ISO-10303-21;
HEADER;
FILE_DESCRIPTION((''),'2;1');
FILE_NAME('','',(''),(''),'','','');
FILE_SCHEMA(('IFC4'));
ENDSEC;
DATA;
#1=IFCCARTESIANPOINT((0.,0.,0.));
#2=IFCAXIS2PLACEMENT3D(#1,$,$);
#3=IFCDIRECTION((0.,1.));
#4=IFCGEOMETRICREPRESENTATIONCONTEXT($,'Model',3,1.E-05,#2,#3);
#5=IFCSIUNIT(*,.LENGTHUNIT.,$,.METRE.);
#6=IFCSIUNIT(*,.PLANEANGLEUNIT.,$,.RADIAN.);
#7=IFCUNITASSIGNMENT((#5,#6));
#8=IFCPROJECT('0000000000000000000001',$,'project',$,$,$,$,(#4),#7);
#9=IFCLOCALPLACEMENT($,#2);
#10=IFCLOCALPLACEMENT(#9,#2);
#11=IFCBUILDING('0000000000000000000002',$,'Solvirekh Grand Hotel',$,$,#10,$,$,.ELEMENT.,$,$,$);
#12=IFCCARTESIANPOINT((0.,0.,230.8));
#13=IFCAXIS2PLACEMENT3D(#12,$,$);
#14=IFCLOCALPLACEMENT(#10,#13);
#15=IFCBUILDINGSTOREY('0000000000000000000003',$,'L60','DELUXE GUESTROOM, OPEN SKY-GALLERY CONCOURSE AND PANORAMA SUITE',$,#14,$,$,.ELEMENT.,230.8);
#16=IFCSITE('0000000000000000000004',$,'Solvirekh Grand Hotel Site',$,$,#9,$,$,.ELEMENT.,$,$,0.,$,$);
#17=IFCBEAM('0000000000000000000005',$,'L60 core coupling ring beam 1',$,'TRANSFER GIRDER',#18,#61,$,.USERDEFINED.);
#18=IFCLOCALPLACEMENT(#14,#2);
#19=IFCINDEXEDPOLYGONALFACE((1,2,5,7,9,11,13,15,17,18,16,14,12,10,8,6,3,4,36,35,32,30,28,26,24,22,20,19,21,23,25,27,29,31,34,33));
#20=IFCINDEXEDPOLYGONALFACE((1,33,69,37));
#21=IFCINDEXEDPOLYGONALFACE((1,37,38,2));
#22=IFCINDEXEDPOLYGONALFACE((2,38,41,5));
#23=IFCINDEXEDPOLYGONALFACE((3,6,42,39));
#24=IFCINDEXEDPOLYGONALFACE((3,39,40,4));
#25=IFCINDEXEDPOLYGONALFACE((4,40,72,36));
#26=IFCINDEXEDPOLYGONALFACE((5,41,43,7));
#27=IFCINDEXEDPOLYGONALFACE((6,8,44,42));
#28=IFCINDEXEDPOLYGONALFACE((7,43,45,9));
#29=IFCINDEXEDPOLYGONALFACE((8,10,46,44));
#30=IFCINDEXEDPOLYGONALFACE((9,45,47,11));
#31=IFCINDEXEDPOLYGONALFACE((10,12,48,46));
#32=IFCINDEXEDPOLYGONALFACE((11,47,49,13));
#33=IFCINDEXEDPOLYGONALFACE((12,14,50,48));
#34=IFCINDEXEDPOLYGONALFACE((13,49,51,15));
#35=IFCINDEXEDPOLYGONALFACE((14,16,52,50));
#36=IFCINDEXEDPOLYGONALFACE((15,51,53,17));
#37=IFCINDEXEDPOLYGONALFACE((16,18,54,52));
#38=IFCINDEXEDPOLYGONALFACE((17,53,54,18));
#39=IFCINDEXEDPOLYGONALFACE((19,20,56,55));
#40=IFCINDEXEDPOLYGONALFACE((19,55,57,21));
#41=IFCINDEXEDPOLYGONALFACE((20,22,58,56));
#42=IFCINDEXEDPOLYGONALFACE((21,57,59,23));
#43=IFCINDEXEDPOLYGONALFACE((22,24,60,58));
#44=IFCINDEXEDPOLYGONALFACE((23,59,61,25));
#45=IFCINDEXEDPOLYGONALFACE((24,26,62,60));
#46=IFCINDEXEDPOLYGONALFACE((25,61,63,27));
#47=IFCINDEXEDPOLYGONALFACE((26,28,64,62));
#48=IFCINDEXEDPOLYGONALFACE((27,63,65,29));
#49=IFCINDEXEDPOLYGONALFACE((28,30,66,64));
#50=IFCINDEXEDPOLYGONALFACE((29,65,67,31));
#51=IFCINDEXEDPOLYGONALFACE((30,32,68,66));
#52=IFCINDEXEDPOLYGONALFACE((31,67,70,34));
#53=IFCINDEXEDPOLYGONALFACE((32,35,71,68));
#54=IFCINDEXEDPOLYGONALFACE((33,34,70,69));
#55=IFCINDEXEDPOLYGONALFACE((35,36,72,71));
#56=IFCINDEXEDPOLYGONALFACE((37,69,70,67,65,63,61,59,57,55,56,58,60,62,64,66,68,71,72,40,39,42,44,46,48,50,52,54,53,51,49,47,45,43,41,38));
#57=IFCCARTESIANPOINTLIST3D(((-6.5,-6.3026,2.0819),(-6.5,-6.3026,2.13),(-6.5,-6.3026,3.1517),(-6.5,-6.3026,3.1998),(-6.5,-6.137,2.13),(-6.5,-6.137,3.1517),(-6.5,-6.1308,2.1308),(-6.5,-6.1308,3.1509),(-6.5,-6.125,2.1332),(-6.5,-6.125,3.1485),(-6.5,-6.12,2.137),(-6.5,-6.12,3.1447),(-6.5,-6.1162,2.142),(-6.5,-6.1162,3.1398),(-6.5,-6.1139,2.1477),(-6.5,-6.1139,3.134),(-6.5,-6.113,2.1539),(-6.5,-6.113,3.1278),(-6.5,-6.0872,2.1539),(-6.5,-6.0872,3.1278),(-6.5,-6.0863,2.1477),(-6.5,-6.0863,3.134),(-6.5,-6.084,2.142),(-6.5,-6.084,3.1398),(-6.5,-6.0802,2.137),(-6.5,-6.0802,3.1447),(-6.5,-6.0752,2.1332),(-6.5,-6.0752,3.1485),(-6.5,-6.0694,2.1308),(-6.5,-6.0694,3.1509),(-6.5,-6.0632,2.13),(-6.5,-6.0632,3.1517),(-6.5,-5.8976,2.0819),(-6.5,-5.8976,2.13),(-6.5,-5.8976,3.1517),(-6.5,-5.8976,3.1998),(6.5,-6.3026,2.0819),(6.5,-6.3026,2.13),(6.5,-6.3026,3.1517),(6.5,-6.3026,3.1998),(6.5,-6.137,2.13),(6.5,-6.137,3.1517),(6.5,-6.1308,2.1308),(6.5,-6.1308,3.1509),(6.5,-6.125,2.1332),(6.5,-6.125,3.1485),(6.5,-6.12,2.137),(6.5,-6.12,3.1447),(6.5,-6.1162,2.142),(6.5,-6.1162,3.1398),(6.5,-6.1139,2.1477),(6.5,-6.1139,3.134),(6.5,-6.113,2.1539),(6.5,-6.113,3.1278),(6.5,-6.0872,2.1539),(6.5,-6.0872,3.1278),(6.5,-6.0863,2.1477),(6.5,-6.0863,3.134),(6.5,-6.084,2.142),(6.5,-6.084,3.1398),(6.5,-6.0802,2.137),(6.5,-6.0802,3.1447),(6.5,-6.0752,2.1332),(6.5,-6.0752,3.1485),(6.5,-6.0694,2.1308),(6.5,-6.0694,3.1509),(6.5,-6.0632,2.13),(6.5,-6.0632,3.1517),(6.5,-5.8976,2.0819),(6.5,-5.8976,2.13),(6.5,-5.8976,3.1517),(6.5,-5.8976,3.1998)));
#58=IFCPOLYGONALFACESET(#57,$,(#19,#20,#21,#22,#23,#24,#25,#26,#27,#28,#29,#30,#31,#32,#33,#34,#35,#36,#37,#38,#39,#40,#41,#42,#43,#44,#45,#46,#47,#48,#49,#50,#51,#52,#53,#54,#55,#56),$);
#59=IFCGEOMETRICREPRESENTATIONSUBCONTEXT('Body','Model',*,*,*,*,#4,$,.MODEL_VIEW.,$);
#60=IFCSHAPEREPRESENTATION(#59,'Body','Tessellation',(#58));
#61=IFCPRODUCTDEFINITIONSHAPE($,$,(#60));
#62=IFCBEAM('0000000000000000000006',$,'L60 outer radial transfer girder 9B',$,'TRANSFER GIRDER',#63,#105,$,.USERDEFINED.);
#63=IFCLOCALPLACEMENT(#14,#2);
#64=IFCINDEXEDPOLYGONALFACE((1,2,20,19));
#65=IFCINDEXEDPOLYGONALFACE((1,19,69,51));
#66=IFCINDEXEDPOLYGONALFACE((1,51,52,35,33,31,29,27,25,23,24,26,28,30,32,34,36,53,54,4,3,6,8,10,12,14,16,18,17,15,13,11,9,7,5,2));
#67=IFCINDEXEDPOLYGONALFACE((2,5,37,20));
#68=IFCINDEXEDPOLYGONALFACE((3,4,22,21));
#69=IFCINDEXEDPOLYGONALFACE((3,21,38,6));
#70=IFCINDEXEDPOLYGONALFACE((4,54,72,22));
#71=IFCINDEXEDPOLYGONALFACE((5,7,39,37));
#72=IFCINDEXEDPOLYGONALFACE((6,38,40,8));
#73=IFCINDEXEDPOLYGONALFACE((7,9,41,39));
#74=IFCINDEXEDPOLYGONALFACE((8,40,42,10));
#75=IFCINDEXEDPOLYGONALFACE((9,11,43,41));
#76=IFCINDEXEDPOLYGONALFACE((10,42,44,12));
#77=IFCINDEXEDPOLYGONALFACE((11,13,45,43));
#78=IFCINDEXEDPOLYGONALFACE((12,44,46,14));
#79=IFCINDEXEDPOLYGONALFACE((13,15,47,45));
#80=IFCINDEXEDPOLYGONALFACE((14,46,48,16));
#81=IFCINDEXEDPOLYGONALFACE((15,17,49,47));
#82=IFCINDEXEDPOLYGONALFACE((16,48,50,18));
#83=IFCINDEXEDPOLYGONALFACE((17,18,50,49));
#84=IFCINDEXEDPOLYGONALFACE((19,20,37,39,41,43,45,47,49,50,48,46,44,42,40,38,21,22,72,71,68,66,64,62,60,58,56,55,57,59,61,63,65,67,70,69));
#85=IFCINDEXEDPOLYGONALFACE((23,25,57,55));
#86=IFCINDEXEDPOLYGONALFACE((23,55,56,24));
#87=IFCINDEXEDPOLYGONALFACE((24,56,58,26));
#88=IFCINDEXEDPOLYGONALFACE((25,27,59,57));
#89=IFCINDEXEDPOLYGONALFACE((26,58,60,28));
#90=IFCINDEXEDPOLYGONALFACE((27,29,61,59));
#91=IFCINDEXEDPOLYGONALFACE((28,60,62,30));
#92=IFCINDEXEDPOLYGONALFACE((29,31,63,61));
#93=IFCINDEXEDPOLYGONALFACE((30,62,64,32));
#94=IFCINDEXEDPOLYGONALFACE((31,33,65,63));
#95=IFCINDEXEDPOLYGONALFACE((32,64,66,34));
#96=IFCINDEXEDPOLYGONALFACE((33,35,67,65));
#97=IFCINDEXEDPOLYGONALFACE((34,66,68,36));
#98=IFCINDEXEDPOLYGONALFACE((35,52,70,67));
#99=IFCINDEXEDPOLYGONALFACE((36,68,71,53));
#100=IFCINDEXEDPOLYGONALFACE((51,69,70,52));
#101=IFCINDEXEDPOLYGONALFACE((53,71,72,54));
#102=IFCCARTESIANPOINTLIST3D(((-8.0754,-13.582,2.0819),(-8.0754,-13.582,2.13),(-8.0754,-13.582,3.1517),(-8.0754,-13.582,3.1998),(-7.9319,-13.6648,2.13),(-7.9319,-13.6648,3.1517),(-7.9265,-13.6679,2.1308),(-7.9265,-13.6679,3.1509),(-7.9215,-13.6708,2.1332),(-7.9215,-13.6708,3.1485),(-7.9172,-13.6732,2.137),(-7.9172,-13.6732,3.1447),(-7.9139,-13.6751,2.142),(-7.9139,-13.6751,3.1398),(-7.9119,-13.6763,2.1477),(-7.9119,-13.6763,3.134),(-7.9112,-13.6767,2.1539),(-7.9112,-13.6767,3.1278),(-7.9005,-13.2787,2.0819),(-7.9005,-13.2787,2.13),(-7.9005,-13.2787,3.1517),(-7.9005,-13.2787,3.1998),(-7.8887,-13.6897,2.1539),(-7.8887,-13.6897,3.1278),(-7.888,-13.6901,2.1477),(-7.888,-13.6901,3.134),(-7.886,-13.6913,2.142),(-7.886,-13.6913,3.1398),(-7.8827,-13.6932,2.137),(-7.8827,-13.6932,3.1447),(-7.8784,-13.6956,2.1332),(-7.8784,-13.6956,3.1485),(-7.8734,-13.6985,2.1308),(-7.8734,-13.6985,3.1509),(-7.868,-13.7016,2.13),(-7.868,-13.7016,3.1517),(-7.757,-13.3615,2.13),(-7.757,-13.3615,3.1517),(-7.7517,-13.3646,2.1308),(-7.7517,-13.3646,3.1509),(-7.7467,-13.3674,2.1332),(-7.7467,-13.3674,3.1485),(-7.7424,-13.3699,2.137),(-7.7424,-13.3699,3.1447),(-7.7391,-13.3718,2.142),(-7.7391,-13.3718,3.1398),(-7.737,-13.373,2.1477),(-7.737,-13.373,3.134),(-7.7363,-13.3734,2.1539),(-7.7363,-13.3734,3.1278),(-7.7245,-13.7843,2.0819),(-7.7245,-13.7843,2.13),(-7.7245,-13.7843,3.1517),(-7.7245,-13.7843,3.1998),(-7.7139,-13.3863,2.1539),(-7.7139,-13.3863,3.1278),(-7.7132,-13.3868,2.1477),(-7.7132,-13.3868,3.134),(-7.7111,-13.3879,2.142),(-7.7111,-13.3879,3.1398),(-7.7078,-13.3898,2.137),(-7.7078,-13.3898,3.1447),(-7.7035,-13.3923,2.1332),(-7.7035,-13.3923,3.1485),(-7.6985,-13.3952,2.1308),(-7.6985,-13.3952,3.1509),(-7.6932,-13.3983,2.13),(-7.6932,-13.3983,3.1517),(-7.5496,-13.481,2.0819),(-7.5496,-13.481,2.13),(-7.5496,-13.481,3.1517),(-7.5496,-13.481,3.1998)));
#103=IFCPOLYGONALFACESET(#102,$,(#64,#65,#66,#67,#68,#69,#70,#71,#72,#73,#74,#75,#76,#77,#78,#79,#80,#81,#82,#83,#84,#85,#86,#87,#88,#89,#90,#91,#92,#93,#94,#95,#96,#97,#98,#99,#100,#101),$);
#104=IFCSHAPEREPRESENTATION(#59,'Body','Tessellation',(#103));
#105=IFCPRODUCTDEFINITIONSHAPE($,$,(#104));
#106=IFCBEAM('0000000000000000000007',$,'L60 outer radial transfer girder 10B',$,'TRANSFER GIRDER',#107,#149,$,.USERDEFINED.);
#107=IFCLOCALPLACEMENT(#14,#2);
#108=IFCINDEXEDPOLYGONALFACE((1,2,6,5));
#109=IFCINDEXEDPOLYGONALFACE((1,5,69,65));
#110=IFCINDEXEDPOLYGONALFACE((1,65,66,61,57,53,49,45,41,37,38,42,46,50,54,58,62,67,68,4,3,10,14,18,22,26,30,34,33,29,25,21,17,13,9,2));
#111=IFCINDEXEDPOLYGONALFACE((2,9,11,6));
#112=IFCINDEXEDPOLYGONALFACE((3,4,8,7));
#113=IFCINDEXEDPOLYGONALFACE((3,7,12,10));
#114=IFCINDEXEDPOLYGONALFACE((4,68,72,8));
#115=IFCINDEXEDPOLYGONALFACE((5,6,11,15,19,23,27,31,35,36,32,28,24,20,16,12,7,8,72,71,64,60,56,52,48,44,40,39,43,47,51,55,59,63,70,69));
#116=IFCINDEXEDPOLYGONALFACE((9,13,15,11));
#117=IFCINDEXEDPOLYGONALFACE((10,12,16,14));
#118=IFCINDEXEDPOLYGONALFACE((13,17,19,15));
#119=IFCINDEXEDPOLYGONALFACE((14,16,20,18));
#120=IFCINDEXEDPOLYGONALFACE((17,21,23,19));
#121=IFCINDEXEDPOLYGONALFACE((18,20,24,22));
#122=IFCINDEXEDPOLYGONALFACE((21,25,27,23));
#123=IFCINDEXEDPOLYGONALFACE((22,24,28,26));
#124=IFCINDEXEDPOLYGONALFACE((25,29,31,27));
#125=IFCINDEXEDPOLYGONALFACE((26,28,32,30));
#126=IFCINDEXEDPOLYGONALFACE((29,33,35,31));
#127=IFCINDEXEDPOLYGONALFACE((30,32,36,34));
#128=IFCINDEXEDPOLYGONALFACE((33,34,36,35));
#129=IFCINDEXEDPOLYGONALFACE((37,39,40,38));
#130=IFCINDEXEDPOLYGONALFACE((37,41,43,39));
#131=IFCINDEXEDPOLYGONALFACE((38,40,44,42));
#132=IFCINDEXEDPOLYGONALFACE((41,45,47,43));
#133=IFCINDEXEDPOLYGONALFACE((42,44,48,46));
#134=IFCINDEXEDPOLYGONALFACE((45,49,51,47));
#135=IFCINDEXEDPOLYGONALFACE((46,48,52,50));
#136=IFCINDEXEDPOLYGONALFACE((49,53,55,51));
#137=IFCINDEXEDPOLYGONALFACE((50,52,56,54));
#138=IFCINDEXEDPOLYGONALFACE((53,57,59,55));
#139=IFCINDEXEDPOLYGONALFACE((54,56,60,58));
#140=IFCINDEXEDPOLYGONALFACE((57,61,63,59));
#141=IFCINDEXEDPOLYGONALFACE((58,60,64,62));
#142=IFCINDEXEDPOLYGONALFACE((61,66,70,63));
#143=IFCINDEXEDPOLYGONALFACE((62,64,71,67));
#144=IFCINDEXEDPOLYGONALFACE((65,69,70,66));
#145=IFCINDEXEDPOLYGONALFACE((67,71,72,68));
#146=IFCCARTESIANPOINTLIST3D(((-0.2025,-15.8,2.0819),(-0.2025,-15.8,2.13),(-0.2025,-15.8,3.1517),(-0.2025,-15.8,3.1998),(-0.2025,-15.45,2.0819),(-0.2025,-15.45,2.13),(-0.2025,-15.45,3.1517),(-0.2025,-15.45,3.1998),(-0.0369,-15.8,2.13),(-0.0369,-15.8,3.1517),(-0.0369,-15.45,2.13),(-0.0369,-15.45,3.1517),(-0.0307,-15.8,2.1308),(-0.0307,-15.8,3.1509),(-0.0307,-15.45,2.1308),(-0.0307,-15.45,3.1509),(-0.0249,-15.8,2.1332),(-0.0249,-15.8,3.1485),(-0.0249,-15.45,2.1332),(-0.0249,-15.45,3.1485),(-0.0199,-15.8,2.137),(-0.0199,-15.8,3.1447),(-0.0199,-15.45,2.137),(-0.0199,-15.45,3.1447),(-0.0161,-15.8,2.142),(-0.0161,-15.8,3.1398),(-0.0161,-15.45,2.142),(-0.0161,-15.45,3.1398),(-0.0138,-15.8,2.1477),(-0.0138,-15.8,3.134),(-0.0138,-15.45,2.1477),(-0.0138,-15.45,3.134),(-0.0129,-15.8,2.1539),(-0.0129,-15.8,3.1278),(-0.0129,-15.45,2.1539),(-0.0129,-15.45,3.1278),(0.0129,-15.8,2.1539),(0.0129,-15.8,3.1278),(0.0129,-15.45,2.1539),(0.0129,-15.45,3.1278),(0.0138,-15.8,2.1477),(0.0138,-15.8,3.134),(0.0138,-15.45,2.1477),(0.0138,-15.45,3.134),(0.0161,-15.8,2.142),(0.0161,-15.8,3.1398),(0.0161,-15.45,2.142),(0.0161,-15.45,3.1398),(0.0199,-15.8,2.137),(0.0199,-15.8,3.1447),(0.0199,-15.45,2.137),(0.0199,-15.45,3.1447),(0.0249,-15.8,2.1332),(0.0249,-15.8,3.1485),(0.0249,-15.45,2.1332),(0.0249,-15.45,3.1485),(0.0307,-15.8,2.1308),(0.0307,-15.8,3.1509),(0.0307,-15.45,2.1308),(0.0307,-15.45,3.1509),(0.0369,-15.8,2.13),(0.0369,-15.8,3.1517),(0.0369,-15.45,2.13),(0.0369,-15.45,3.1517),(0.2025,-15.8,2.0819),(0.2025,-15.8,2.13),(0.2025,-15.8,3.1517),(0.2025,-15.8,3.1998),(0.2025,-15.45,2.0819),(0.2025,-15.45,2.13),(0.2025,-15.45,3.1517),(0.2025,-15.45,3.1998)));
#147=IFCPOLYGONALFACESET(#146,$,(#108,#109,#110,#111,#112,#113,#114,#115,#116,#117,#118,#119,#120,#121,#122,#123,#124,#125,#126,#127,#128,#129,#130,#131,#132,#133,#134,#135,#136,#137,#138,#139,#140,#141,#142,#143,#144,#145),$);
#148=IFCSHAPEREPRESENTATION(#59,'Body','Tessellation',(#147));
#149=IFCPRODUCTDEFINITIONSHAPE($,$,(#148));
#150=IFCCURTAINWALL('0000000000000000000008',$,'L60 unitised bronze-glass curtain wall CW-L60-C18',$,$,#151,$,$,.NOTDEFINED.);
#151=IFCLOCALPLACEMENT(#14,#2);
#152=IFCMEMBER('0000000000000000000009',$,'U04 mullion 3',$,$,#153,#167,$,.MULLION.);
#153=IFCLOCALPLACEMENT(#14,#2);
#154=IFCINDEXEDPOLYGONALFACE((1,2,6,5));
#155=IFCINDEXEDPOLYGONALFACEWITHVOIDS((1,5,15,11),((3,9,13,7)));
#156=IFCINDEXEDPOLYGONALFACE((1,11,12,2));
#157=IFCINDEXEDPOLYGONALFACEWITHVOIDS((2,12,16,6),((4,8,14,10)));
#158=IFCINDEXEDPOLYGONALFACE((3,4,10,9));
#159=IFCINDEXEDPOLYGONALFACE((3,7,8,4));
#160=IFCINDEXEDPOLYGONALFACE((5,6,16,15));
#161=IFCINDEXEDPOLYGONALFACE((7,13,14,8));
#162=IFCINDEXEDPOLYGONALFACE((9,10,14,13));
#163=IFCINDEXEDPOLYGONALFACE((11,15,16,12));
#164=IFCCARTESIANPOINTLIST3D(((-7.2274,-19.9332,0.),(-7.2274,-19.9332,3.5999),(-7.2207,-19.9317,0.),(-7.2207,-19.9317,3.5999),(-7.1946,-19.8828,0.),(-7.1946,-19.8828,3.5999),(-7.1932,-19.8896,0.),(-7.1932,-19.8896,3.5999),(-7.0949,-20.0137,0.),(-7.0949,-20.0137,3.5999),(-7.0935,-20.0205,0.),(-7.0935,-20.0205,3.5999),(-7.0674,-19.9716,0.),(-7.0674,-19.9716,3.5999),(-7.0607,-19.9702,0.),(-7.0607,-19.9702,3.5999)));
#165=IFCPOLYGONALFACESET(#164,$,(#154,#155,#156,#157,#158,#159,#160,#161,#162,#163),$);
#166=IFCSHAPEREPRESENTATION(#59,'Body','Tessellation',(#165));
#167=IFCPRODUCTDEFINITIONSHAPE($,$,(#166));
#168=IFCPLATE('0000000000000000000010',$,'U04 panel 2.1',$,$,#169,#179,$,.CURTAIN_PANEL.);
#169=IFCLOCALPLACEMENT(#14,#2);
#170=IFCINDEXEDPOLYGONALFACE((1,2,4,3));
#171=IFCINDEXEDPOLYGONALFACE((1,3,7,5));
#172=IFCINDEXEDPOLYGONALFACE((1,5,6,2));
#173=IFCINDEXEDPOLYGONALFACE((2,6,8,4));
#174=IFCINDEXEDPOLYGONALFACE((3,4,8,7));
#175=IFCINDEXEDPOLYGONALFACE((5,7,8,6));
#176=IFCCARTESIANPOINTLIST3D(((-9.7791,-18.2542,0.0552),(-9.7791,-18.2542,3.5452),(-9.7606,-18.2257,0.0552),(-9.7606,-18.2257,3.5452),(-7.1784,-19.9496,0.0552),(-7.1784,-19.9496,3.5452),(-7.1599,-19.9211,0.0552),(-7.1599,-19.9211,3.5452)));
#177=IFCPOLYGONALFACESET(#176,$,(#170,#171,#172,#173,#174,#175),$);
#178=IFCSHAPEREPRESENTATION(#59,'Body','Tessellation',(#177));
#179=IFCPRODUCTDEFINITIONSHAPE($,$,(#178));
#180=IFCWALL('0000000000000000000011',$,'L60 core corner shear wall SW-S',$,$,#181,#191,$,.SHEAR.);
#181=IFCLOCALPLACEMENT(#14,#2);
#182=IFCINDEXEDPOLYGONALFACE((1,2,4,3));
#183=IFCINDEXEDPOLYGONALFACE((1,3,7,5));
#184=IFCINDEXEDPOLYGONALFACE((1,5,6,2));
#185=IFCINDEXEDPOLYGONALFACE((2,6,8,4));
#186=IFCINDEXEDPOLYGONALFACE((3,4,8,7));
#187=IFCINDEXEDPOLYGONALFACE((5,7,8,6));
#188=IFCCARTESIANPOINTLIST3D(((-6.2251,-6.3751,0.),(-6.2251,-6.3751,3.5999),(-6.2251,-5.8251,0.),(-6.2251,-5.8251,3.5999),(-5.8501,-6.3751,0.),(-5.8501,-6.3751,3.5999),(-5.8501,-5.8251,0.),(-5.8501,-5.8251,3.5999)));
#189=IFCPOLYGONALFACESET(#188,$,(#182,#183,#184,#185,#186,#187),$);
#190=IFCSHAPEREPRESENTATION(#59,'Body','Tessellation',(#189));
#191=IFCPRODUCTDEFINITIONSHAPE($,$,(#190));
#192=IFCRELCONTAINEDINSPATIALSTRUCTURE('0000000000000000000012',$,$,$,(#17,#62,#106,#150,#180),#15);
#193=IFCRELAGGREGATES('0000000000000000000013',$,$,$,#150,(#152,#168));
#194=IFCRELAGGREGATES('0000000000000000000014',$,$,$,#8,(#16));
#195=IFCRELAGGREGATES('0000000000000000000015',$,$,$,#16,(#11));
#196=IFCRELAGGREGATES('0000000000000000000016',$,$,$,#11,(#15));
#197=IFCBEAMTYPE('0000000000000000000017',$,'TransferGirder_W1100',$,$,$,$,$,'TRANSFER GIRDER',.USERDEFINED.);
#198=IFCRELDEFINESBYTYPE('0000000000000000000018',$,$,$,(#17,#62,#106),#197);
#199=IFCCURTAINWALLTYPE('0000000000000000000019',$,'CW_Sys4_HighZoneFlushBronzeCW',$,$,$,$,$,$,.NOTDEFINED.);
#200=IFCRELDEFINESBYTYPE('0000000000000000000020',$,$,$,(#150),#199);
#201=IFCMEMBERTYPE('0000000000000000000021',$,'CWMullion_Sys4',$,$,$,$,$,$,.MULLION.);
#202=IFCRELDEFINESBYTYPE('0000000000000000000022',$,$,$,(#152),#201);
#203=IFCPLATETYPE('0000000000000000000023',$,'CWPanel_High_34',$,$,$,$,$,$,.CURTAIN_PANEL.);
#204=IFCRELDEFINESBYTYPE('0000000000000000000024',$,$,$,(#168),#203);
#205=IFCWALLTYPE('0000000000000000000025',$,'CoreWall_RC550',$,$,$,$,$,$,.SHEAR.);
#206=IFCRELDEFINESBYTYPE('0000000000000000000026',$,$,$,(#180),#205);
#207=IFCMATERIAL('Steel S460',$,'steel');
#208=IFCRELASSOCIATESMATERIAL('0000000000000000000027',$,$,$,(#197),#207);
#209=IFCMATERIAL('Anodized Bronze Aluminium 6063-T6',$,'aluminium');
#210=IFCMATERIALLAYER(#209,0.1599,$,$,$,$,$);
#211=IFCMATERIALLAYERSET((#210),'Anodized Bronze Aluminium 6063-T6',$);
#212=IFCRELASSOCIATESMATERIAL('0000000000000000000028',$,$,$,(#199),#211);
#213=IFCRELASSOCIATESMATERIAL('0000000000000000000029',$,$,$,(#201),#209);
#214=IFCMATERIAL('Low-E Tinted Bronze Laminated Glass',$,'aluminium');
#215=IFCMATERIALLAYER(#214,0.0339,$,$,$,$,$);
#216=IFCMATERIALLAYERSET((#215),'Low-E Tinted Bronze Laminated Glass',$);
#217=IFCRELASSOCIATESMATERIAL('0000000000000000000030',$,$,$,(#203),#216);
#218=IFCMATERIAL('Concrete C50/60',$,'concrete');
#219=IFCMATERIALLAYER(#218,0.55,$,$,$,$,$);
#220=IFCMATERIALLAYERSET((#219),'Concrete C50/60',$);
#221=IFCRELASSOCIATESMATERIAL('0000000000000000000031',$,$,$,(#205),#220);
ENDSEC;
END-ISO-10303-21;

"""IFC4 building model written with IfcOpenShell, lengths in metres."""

from ifc_helpers import new_model, si_unit, direction, frame, frame_2d, origin, origin_2d, place, context, subcontext, project, spatial, rectangle, hollow_rectangle, i_section, extrude, source, transform, mapped, material, layer, layer_set, material_profile, profile_set, type_object, element, aggregate, save


model = new_model("IFC4")

# Units and contexts
model_context = context("Model", 3, precision=1e-05, world=origin(), true_north=direction((0.0, 1.0)))
body_context = subcontext(model_context, "Body", "Model", "MODEL_VIEW")
ifc_project = project(units=[si_unit("LENGTHUNIT", "METRE"), si_unit("PLANEANGLEUNIT", "RADIAN")], contexts=[model_context])

# Site, building, storey
site_placement = place(None, origin())
site = spatial("IfcSite", under=ifc_project, at=site_placement, Name="Solvirekh Grand Hotel Site", CompositionType="ELEMENT", RefElevation=0.0)
building_placement = place(site_placement, origin())
building = spatial("IfcBuilding", under=site, at=building_placement, Name="Solvirekh Grand Hotel", CompositionType="ELEMENT")
storey_placement = place(building_placement, frame((0.0, 0.0, 230.8)))
storey = spatial("IfcBuildingStorey", under=building, at=storey_placement, Name="L60", Description="DELUXE GUESTROOM, OPEN SKY-GALLERY CONCOURSE AND PANORAMA SUITE", CompositionType="ELEMENT", Elevation=230.8)

# Shared definitions
ifc_material_1 = material(Name="Concrete C50/60", Category="concrete")

# Beams
ifc_material_2 = material(Name="Steel S460", Category="steel")
ifc_material_profile_1 = material_profile(ifc_material_2, i_section(OverallWidth=0.405, OverallDepth=1.1179, WebThickness=0.0259, FlangeThickness=0.0481, FilletRadius=0.0239, at=origin_2d()), Name="W1100X499")
ifc_profile_set_1 = profile_set([ifc_material_profile_1], Name="Steel S460")
beam_type_1 = type_object("IfcBeamType", Name="TransferGirder_W1100", ElementType="TRANSFER GIRDER", PredefinedType="USERDEFINED", material=ifc_profile_set_1)
beam_placement = place(storey_placement, frame((-6.5, -6.1001, 2.6409), z_axis=(1.0, 0.0, 0.0), x_axis=(0.0, 1.0, 0.0)))
element("IfcBeam", 1, at=beam_placement, inside=storey, type_object=beam_type_1, Name="L60 core coupling ring beam 1", ObjectType="TRANSFER GIRDER", PredefinedType="USERDEFINED", context=body_context, shape_type="SweptSolid", body=[
    extrude(i_section(OverallWidth=0.405, OverallDepth=1.1179, WebThickness=0.0259, FlangeThickness=0.0481, FilletRadius=0.0239, at=origin_2d()), origin(), (0.0, 0.0, 1.0), 13.0),
])
for number, where, z_axis, x_axis, name in (
    (2, (-7.7251, -13.3799, 2.6409), (-0.499441, -0.866348, 0.0), (0.866348, -0.499441, 0.0), "L60 outer radial transfer girder 9B"),
    (3, (0.0, -15.45, 2.6409), (0.0, -1.0, 0.0), (1.0, 0.0, 0.0), "L60 outer radial transfer girder 10B"),
):
    element("IfcBeam", number, at=place(storey_placement, frame(where, z_axis=z_axis, x_axis=x_axis)), inside=storey, type_object=beam_type_1, Name=name, ObjectType="TRANSFER GIRDER", PredefinedType="USERDEFINED", context=body_context, shape_type="SweptSolid", body=[
        extrude(i_section(OverallWidth=0.405, OverallDepth=1.1179, WebThickness=0.0259, FlangeThickness=0.0481, FilletRadius=0.0239, at=origin_2d()), origin(), (0.0, 0.0, 1.0), 0.3501),
    ])

# Curtain wall, member, plate
ifc_material_3 = material(Name="Anodized Bronze Aluminium 6063-T6", Category="aluminium")
ifc_layer_1 = layer(ifc_material_3, 0.1599)
ifc_layer_set_1 = layer_set([ifc_layer_1], Name="Anodized Bronze Aluminium 6063-T6")
curtain_wall_type = type_object("IfcCurtainWallType", Name="CW_Sys4_HighZoneFlushBronzeCW", PredefinedType="NOTDEFINED", material=ifc_layer_set_1)
curtain_wall_placement = place(storey_placement, origin())
curtain_wall = element("IfcCurtainWall", 4, at=curtain_wall_placement, inside=storey, type_object=curtain_wall_type, Name="L60 unitised bronze-glass curtain wall CW-L60-C18", PredefinedType="NOTDEFINED")
ifc_material_profile_2 = material_profile(ifc_material_3, hollow_rectangle(XDim=0.0601, YDim=0.1599, WallThickness=0.0049, at=origin_2d()), Name="ALU RHS 160X60X5")
ifc_profile_set_2 = profile_set([ifc_material_profile_2], Name="Anodized Bronze Aluminium 6063-T6")
member_type = type_object("IfcMemberType", Name="CWMullion_Sys4", PredefinedType="MULLION", material=ifc_profile_set_2)
shared_shape_1 = source(origin(), body_context, "Body", "SweptSolid", [
    extrude(hollow_rectangle(XDim=0.0601, YDim=0.1599, WallThickness=0.0049, at=origin_2d()), origin(), (0.0, 0.0, 1.0), 3.5999),
])
member_placement = place(storey_placement, frame((-7.144, -19.9517, 0.0), z_axis=(0.0, 0.0, 1.0), x_axis=(0.54611, 0.837713, 0.0)))
member = element("IfcMember", 5, at=member_placement, type_object=member_type, Name="U04 mullion 3", PredefinedType="MULLION", context=body_context, shape_type="MappedRepresentation", body=[
    mapped(shared_shape_1, transform((0.0, 0.0, 0.0), x_axis=(1.0, 0.0, 0.0), y_axis=(0.0, 1.0, 0.0), z_axis=(0.0, 0.0, 1.0), scale=1.0)),
])
ifc_material_4 = material(Name="Low-E Tinted Bronze Laminated Glass", Category="aluminium")
ifc_layer_2 = layer(ifc_material_4, 0.0339)
ifc_layer_set_2 = layer_set([ifc_layer_2], Name="Low-E Tinted Bronze Laminated Glass")
plate_type = type_object("IfcPlateType", Name="CWPanel_High_34", PredefinedType="CURTAIN_PANEL", material=ifc_layer_set_2)
shared_shape_2 = source(origin(), body_context, "Body", "SweptSolid", [
    extrude(rectangle(XDim=3.1045, YDim=0.0339, at=origin_2d()), origin(), (0.0, 0.0, 1.0), 3.49),
])
plate_placement = place(storey_placement, frame((-8.4695, -19.0876, 0.0552), z_axis=(0.0, 0.0, 1.0), x_axis=(0.837713, -0.54611, 0.0)))
plate = element("IfcPlate", 6, at=plate_placement, type_object=plate_type, Name="U04 panel 2.1", PredefinedType="CURTAIN_PANEL", context=body_context, shape_type="MappedRepresentation", body=[
    mapped(shared_shape_2, transform((0.0, 0.0, 0.0), x_axis=(1.0, 0.0, 0.0), y_axis=(0.0, 1.0, 0.0), z_axis=(0.0, 0.0, 1.0), scale=1.0)),
])
aggregate(curtain_wall, [member, plate])

# Wall
ifc_layer_3 = layer(ifc_material_1, 0.55)
ifc_layer_set_3 = layer_set([ifc_layer_3], Name="Concrete C50/60")
wall_type_1 = type_object("IfcWallType", Name="CoreWall_RC550", PredefinedType="SHEAR", material=ifc_layer_set_3)
wall_1_placement = place(storey_placement, frame((-6.2251, -6.1001, 0.0), z_axis=(0.0, 0.0, 1.0), x_axis=(1.0, 0.0, 0.0)))
element("IfcWall", 7, at=wall_1_placement, inside=storey, type_object=wall_type_1, Name="L60 core corner shear wall SW-S", PredefinedType="SHEAR", context=body_context, shape_type="SweptSolid", body=[
    extrude(rectangle(XDim=0.375, YDim=0.55, at=frame_2d((0.1875, 0.0))), origin(), (0.0, 0.0, 1.0), 3.5999),
])

save(model, "model.ifc")
